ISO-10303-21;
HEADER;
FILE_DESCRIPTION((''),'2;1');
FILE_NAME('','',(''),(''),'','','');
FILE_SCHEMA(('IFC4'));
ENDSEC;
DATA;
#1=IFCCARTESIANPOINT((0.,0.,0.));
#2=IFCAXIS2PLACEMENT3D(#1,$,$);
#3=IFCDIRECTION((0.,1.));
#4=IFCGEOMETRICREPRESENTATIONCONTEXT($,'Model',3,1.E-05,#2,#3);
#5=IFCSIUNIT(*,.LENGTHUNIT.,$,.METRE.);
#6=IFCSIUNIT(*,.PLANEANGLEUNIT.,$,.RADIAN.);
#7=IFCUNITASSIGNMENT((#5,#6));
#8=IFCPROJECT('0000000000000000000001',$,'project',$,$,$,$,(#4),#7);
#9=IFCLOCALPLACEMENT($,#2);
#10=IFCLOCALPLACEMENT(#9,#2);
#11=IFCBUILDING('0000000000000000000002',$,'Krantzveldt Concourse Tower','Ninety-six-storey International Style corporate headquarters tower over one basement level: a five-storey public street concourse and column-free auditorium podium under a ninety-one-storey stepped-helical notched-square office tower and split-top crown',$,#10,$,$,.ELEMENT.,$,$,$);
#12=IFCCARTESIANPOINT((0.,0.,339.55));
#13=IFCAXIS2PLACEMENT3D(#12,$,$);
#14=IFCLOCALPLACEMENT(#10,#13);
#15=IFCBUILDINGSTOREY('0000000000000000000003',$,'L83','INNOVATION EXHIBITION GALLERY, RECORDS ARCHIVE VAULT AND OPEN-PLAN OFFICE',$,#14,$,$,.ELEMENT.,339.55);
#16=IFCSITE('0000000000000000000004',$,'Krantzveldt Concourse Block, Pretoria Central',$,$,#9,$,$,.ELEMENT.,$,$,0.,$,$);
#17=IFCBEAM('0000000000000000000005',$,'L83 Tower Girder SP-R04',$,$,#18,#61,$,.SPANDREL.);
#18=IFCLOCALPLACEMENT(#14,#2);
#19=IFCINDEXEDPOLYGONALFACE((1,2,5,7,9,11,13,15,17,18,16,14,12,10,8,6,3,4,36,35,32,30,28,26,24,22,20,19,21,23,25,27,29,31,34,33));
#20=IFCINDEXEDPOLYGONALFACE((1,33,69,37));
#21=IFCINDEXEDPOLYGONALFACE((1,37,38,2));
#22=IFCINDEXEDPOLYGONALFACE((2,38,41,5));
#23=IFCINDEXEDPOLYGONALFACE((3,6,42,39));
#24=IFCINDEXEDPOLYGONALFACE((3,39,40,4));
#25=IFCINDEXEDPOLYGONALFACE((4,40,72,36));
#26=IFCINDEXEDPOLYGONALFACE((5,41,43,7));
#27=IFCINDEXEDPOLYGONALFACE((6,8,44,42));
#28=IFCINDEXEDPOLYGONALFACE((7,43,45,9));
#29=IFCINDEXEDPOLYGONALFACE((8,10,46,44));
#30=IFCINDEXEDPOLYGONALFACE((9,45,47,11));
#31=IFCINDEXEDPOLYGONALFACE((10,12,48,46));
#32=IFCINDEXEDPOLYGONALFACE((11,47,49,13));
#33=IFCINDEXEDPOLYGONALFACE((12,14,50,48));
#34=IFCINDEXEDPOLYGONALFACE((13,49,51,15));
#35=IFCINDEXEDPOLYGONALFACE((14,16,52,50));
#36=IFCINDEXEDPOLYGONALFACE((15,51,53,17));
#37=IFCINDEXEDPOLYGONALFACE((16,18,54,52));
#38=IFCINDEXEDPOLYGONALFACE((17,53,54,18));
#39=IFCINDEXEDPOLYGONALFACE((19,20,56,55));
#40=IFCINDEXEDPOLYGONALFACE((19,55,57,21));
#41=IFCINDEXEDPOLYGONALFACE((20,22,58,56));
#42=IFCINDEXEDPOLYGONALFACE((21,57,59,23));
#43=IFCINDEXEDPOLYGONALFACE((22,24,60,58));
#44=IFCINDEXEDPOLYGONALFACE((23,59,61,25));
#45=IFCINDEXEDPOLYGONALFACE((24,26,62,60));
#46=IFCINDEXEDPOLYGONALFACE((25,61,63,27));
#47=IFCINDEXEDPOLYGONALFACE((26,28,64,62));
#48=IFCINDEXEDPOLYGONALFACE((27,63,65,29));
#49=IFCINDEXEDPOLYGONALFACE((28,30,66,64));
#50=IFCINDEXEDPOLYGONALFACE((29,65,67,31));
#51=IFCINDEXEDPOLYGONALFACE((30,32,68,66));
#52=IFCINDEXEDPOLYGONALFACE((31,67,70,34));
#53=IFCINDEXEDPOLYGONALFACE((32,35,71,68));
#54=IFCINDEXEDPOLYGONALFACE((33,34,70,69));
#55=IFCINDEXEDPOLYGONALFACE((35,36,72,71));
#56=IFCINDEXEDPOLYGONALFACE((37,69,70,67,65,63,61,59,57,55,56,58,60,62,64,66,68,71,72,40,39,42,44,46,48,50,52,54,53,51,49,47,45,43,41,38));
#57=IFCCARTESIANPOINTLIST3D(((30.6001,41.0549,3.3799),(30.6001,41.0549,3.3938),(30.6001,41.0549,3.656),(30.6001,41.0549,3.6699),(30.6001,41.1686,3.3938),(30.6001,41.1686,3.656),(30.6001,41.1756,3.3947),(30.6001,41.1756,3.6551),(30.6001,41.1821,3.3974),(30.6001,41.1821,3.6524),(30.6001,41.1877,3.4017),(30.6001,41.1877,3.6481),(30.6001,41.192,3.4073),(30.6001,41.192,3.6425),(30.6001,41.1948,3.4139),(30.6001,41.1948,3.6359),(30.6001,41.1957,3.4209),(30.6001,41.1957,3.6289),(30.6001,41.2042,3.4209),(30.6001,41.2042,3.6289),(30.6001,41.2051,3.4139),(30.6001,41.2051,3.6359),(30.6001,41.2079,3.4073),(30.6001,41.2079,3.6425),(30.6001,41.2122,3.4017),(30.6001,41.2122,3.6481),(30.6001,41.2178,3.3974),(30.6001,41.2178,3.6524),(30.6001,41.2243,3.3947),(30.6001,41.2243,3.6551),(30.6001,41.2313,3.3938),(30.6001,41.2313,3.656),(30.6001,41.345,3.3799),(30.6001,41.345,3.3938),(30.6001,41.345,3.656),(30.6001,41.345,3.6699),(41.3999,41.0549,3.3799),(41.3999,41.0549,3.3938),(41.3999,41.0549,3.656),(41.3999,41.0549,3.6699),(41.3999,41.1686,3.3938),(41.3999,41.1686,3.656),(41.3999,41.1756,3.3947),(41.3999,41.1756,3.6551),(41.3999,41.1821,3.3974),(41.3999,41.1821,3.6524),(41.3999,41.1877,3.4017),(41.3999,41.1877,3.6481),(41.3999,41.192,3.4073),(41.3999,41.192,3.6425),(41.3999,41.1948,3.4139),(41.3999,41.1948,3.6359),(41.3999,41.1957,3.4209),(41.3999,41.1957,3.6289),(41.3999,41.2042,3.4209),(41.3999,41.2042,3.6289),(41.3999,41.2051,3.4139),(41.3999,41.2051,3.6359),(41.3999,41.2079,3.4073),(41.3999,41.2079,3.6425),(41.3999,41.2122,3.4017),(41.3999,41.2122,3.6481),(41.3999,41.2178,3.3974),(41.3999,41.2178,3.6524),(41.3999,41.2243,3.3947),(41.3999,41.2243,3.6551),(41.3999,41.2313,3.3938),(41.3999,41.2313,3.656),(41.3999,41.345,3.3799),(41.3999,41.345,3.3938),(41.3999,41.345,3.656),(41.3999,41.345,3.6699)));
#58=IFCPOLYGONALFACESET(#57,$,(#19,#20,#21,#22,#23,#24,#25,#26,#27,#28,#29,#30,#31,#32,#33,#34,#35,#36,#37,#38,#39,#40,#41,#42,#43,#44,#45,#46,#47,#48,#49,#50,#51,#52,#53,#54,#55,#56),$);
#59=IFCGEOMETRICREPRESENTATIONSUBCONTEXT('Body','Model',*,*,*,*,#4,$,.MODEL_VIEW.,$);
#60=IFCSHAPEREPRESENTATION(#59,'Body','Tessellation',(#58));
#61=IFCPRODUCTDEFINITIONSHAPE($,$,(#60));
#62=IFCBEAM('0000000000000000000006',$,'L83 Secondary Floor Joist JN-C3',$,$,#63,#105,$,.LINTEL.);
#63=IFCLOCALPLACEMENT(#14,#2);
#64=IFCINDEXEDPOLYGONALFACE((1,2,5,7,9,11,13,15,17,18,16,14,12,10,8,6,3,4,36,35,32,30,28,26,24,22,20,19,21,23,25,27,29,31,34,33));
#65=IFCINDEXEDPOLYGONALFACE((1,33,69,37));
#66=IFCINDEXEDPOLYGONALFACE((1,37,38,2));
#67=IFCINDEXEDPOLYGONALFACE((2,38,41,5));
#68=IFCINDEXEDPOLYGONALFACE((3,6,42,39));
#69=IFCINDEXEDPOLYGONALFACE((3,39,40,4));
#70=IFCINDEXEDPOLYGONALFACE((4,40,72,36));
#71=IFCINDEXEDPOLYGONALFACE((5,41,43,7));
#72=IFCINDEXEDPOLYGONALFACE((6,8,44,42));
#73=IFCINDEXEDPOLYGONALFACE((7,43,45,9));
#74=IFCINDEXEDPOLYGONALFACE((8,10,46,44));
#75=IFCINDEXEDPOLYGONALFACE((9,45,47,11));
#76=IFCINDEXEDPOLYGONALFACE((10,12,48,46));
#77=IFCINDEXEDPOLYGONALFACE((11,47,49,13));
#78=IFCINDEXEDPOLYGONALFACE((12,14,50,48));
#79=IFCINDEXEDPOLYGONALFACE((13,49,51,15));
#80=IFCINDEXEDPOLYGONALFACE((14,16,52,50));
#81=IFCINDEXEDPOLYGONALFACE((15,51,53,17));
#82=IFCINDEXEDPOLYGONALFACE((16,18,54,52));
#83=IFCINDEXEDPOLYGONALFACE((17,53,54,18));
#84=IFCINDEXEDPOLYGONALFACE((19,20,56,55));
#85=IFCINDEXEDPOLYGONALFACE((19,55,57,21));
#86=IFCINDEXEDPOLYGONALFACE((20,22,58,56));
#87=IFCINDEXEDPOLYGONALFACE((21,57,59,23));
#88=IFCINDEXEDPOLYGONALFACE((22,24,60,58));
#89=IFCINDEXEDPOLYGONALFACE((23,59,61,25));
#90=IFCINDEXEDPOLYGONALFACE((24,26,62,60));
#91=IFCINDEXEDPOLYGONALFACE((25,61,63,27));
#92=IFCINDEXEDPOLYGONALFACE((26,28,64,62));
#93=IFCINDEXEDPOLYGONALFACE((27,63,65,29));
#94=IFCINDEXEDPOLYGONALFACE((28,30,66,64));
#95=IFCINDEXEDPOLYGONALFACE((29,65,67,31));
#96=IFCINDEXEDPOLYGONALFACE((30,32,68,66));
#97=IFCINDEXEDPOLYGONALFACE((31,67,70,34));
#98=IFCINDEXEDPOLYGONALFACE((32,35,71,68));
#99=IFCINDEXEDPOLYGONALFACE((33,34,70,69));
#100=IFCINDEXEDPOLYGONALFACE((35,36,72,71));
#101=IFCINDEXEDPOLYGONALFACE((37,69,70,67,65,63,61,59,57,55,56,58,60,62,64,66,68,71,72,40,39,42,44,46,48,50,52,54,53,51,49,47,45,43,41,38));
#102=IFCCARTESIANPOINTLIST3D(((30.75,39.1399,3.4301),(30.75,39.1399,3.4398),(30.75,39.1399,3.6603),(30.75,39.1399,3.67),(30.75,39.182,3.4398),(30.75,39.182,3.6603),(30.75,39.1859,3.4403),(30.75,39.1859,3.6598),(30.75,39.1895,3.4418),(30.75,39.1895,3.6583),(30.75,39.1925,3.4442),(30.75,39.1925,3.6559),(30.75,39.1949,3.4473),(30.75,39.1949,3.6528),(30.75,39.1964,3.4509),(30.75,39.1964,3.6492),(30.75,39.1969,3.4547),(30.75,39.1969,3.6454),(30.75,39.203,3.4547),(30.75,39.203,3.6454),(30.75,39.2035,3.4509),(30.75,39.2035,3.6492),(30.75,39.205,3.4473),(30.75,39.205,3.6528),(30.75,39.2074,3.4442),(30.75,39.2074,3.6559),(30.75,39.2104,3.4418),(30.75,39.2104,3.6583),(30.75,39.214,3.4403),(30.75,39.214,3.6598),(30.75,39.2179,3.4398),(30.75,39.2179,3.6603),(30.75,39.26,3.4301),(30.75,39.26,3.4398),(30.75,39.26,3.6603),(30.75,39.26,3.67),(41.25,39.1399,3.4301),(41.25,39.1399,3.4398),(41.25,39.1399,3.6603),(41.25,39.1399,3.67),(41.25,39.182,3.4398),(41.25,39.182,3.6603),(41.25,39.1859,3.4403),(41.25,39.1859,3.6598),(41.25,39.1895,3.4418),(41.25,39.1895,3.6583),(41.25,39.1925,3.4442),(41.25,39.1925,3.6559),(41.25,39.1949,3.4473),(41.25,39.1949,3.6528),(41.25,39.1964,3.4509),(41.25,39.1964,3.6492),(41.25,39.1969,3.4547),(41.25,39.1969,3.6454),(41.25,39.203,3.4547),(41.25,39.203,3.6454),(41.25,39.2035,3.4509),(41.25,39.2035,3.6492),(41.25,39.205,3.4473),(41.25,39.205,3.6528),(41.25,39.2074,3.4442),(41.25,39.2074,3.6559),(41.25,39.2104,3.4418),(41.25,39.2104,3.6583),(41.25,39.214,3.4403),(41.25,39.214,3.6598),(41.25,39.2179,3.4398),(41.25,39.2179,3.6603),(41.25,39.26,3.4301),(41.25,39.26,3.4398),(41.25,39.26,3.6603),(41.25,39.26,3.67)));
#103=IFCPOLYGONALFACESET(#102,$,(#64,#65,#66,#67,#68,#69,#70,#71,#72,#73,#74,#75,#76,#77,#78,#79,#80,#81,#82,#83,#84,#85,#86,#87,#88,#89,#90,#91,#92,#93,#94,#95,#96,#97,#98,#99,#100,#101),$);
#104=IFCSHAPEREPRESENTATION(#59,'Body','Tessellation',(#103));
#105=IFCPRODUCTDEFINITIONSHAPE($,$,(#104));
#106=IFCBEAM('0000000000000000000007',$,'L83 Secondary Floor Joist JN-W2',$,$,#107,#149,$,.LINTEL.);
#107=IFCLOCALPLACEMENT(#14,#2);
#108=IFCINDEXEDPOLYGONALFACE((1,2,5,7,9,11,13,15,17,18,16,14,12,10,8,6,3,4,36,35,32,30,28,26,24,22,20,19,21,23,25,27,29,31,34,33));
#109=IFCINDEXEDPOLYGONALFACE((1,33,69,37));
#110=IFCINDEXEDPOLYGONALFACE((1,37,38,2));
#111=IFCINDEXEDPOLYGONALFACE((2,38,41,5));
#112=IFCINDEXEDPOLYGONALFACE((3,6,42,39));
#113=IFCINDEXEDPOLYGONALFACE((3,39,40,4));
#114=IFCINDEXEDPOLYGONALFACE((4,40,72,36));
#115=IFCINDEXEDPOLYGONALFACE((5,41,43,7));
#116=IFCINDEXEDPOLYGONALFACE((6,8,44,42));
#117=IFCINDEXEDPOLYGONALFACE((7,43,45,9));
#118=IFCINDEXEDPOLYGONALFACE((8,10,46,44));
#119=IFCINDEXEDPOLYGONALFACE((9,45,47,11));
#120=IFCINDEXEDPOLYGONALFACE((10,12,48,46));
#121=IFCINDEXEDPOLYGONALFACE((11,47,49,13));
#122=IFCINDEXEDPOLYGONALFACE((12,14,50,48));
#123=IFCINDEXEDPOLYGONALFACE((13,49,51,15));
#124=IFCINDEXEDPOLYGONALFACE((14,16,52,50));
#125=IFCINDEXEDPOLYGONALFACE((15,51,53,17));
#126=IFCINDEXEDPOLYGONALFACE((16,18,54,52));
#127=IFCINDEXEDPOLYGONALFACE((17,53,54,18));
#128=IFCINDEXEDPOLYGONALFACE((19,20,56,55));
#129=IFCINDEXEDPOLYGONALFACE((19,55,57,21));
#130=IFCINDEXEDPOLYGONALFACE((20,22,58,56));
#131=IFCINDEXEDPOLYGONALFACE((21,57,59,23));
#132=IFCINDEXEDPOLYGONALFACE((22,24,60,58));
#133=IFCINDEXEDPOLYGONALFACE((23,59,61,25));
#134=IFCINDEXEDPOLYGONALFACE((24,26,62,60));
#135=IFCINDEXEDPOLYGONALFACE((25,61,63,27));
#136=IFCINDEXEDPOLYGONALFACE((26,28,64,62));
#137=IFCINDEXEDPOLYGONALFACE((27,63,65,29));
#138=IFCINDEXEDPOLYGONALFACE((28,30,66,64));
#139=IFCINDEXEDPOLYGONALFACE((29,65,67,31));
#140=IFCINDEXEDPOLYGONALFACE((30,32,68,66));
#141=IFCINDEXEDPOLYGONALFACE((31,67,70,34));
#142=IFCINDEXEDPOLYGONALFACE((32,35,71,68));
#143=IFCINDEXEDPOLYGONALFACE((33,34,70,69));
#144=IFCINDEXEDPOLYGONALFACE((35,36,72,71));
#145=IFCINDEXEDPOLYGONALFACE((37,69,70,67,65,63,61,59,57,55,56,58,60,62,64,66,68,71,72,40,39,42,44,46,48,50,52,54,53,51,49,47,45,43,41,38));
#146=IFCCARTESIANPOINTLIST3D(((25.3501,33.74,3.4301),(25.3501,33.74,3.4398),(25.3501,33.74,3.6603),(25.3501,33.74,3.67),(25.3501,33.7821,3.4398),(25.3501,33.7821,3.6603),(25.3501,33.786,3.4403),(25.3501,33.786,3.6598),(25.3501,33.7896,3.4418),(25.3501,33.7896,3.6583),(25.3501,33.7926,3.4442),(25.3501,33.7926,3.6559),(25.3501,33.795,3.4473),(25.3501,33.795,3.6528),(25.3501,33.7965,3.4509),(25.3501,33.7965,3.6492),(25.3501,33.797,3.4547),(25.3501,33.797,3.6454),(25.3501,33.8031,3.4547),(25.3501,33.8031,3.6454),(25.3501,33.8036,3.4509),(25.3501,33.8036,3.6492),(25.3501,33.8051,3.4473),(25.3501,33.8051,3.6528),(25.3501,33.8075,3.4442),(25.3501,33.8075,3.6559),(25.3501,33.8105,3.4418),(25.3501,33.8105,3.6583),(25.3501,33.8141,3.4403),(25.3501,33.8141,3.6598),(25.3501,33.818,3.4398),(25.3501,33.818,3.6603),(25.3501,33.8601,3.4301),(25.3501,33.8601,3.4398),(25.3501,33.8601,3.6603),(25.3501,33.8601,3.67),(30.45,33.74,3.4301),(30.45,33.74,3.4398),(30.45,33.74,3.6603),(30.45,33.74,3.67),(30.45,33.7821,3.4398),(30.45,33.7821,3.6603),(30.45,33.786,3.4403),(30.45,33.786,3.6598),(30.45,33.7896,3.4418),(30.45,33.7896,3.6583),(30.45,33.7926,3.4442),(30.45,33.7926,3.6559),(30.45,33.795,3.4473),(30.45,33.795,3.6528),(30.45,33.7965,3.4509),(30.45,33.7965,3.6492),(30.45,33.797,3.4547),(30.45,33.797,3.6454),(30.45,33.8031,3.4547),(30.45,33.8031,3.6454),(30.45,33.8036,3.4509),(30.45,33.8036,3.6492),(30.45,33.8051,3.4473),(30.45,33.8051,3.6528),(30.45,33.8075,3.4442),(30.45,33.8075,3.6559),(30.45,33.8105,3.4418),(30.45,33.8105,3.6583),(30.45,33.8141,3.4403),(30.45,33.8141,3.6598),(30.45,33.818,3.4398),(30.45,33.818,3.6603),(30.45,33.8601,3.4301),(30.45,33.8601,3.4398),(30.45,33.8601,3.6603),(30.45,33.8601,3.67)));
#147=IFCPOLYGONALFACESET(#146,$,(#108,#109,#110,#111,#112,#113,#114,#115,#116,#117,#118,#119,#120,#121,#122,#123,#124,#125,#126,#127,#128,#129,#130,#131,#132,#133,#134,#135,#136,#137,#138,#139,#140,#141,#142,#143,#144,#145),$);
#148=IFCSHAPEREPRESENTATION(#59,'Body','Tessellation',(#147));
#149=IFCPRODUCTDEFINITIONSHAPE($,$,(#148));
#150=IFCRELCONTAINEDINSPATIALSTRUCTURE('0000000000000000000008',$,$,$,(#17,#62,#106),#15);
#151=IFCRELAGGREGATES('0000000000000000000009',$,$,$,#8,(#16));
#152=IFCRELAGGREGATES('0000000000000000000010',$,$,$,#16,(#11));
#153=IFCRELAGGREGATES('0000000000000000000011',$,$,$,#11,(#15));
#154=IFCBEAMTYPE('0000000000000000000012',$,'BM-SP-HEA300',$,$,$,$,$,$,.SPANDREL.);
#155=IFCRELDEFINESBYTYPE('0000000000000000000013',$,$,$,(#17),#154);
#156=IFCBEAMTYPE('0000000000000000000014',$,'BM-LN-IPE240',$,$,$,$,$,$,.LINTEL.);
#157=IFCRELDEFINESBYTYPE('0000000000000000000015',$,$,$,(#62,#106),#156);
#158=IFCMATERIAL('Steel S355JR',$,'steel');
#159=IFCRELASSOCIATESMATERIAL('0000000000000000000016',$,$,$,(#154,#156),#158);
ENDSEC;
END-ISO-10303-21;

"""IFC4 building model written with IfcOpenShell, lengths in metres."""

from ifc_helpers import new_model, si_unit, direction, frame, origin, origin_2d, place, context, subcontext, project, spatial, i_section, extrude, source, transform, mapped, material, material_profile, profile_set, type_object, type_shapes, element, save


model = new_model("IFC4")

# Units and contexts
model_context = context("Model", 3, precision=1e-05, world=origin(), true_north=direction((0.0, 1.0)))
body_context = subcontext(model_context, "Body", "Model", "MODEL_VIEW")
ifc_project = project(units=[si_unit("LENGTHUNIT", "METRE"), si_unit("PLANEANGLEUNIT", "RADIAN")], contexts=[model_context])

# Site, building, storey
site_placement = place(None, origin())
site = spatial("IfcSite", under=ifc_project, at=site_placement, Name="Krantzveldt Concourse Block, Pretoria Central", CompositionType="ELEMENT", RefElevation=0.0)
building_placement = place(site_placement, origin())
building = spatial("IfcBuilding", under=site, at=building_placement, Name="Krantzveldt Concourse Tower", Description="Ninety-six-storey International Style corporate headquarters tower over one basement level: a five-storey public street concourse and column-free auditorium podium under a ninety-one-storey stepped-helical notched-square office tower and split-top crown", CompositionType="ELEMENT")
storey_placement = place(building_placement, frame((0.0, 0.0, 339.55)))
storey = spatial("IfcBuildingStorey", under=building, at=storey_placement, Name="L83", Description="INNOVATION EXHIBITION GALLERY, RECORDS ARCHIVE VAULT AND OPEN-PLAN OFFICE", CompositionType="ELEMENT", Elevation=339.55)

# Beams
ifc_material_1 = material(Name="Steel S355JR", Category="steel")
ifc_material_profile_1 = material_profile(ifc_material_1, i_section(OverallWidth=0.29, OverallDepth=0.29, WebThickness=0.0085, FlangeThickness=0.0139, FilletRadius=0.0271, at=origin_2d()), Name="Steel S355JR", Category="steel")
ifc_profile_set_1 = profile_set([ifc_material_profile_1], Name="Steel S355JR - HEA 300")
beam_type_1 = type_object("IfcBeamType", Name="BM-SP-HEA300", PredefinedType="SPANDREL", material=ifc_profile_set_1)
shared_shape_1 = source(origin(), body_context, "Body", "SweptSolid", [
    extrude(i_section(OverallWidth=0.29, OverallDepth=0.29, WebThickness=0.0085, FlangeThickness=0.0139, FilletRadius=0.0271, at=origin_2d()), origin(), (0.0, 0.0, 1.0), 10.7998),
])
beam_1_placement = place(storey_placement, frame((30.6001, 41.2, 3.5249), z_axis=(1.0, 0.0, 0.0), x_axis=(0.0, 1.0, 0.0)))
element("IfcBeam", 1, at=beam_1_placement, inside=storey, type_object=beam_type_1, Name="L83 Tower Girder SP-R04", PredefinedType="SPANDREL", context=body_context, shape_type="MappedRepresentation", body=[
    mapped(shared_shape_1, transform((0.0, 0.0, 0.0), x_axis=(1.0, 0.0, 0.0), y_axis=(0.0, 1.0, 0.0), z_axis=(0.0, 0.0, 1.0), scale=1.0)),
])
ifc_material_profile_2 = material_profile(ifc_material_1, i_section(OverallWidth=0.1201, OverallDepth=0.24, WebThickness=0.0061, FlangeThickness=0.0098, FilletRadius=0.0149, at=origin_2d()), Name="Steel S355JR", Category="steel")
ifc_profile_set_2 = profile_set([ifc_material_profile_2], Name="Steel S355JR - IPE 240")
beam_type_2 = type_object("IfcBeamType", Name="BM-LN-IPE240", PredefinedType="LINTEL", material=ifc_profile_set_2)
shared_shape_2 = source(origin(), body_context, "Body", "SweptSolid", [
    extrude(i_section(OverallWidth=0.1201, OverallDepth=0.24, WebThickness=0.0061, FlangeThickness=0.0098, FilletRadius=0.0149, at=origin_2d()), origin(), (0.0, 0.0, 1.0), 10.5),
])
beam_2_placement = place(storey_placement, frame((30.75, 39.2, 3.55), z_axis=(1.0, 0.0, 0.0), x_axis=(0.0, 1.0, 0.0)))
element("IfcBeam", 2, at=beam_2_placement, inside=storey, type_object=beam_type_2, Name="L83 Secondary Floor Joist JN-C3", PredefinedType="LINTEL", context=body_context, shape_type="MappedRepresentation", body=[
    mapped(shared_shape_2, transform((0.0, 0.0, 0.0), x_axis=(1.0, 0.0, 0.0), y_axis=(0.0, 1.0, 0.0), z_axis=(0.0, 0.0, 1.0), scale=1.0)),
])
shared_shape_3 = source(origin(), body_context, "Body", "SweptSolid", [
    extrude(i_section(OverallWidth=0.1201, OverallDepth=0.24, WebThickness=0.0061, FlangeThickness=0.0098, FilletRadius=0.0149, at=origin_2d()), origin(), (0.0, 0.0, 1.0), 5.0999),
])
type_shapes(beam_type_2, [shared_shape_2, shared_shape_3])
beam_3_placement = place(storey_placement, frame((25.3501, 33.8, 3.55), z_axis=(1.0, 0.0, 0.0), x_axis=(0.0, 1.0, 0.0)))
element("IfcBeam", 3, at=beam_3_placement, inside=storey, type_object=beam_type_2, Name="L83 Secondary Floor Joist JN-W2", PredefinedType="LINTEL", context=body_context, shape_type="MappedRepresentation", body=[
    mapped(shared_shape_3, transform((0.0, 0.0, 0.0), x_axis=(1.0, 0.0, 0.0), y_axis=(0.0, 1.0, 0.0), z_axis=(0.0, 0.0, 1.0), scale=1.0)),
])

save(model, "model.ifc")
